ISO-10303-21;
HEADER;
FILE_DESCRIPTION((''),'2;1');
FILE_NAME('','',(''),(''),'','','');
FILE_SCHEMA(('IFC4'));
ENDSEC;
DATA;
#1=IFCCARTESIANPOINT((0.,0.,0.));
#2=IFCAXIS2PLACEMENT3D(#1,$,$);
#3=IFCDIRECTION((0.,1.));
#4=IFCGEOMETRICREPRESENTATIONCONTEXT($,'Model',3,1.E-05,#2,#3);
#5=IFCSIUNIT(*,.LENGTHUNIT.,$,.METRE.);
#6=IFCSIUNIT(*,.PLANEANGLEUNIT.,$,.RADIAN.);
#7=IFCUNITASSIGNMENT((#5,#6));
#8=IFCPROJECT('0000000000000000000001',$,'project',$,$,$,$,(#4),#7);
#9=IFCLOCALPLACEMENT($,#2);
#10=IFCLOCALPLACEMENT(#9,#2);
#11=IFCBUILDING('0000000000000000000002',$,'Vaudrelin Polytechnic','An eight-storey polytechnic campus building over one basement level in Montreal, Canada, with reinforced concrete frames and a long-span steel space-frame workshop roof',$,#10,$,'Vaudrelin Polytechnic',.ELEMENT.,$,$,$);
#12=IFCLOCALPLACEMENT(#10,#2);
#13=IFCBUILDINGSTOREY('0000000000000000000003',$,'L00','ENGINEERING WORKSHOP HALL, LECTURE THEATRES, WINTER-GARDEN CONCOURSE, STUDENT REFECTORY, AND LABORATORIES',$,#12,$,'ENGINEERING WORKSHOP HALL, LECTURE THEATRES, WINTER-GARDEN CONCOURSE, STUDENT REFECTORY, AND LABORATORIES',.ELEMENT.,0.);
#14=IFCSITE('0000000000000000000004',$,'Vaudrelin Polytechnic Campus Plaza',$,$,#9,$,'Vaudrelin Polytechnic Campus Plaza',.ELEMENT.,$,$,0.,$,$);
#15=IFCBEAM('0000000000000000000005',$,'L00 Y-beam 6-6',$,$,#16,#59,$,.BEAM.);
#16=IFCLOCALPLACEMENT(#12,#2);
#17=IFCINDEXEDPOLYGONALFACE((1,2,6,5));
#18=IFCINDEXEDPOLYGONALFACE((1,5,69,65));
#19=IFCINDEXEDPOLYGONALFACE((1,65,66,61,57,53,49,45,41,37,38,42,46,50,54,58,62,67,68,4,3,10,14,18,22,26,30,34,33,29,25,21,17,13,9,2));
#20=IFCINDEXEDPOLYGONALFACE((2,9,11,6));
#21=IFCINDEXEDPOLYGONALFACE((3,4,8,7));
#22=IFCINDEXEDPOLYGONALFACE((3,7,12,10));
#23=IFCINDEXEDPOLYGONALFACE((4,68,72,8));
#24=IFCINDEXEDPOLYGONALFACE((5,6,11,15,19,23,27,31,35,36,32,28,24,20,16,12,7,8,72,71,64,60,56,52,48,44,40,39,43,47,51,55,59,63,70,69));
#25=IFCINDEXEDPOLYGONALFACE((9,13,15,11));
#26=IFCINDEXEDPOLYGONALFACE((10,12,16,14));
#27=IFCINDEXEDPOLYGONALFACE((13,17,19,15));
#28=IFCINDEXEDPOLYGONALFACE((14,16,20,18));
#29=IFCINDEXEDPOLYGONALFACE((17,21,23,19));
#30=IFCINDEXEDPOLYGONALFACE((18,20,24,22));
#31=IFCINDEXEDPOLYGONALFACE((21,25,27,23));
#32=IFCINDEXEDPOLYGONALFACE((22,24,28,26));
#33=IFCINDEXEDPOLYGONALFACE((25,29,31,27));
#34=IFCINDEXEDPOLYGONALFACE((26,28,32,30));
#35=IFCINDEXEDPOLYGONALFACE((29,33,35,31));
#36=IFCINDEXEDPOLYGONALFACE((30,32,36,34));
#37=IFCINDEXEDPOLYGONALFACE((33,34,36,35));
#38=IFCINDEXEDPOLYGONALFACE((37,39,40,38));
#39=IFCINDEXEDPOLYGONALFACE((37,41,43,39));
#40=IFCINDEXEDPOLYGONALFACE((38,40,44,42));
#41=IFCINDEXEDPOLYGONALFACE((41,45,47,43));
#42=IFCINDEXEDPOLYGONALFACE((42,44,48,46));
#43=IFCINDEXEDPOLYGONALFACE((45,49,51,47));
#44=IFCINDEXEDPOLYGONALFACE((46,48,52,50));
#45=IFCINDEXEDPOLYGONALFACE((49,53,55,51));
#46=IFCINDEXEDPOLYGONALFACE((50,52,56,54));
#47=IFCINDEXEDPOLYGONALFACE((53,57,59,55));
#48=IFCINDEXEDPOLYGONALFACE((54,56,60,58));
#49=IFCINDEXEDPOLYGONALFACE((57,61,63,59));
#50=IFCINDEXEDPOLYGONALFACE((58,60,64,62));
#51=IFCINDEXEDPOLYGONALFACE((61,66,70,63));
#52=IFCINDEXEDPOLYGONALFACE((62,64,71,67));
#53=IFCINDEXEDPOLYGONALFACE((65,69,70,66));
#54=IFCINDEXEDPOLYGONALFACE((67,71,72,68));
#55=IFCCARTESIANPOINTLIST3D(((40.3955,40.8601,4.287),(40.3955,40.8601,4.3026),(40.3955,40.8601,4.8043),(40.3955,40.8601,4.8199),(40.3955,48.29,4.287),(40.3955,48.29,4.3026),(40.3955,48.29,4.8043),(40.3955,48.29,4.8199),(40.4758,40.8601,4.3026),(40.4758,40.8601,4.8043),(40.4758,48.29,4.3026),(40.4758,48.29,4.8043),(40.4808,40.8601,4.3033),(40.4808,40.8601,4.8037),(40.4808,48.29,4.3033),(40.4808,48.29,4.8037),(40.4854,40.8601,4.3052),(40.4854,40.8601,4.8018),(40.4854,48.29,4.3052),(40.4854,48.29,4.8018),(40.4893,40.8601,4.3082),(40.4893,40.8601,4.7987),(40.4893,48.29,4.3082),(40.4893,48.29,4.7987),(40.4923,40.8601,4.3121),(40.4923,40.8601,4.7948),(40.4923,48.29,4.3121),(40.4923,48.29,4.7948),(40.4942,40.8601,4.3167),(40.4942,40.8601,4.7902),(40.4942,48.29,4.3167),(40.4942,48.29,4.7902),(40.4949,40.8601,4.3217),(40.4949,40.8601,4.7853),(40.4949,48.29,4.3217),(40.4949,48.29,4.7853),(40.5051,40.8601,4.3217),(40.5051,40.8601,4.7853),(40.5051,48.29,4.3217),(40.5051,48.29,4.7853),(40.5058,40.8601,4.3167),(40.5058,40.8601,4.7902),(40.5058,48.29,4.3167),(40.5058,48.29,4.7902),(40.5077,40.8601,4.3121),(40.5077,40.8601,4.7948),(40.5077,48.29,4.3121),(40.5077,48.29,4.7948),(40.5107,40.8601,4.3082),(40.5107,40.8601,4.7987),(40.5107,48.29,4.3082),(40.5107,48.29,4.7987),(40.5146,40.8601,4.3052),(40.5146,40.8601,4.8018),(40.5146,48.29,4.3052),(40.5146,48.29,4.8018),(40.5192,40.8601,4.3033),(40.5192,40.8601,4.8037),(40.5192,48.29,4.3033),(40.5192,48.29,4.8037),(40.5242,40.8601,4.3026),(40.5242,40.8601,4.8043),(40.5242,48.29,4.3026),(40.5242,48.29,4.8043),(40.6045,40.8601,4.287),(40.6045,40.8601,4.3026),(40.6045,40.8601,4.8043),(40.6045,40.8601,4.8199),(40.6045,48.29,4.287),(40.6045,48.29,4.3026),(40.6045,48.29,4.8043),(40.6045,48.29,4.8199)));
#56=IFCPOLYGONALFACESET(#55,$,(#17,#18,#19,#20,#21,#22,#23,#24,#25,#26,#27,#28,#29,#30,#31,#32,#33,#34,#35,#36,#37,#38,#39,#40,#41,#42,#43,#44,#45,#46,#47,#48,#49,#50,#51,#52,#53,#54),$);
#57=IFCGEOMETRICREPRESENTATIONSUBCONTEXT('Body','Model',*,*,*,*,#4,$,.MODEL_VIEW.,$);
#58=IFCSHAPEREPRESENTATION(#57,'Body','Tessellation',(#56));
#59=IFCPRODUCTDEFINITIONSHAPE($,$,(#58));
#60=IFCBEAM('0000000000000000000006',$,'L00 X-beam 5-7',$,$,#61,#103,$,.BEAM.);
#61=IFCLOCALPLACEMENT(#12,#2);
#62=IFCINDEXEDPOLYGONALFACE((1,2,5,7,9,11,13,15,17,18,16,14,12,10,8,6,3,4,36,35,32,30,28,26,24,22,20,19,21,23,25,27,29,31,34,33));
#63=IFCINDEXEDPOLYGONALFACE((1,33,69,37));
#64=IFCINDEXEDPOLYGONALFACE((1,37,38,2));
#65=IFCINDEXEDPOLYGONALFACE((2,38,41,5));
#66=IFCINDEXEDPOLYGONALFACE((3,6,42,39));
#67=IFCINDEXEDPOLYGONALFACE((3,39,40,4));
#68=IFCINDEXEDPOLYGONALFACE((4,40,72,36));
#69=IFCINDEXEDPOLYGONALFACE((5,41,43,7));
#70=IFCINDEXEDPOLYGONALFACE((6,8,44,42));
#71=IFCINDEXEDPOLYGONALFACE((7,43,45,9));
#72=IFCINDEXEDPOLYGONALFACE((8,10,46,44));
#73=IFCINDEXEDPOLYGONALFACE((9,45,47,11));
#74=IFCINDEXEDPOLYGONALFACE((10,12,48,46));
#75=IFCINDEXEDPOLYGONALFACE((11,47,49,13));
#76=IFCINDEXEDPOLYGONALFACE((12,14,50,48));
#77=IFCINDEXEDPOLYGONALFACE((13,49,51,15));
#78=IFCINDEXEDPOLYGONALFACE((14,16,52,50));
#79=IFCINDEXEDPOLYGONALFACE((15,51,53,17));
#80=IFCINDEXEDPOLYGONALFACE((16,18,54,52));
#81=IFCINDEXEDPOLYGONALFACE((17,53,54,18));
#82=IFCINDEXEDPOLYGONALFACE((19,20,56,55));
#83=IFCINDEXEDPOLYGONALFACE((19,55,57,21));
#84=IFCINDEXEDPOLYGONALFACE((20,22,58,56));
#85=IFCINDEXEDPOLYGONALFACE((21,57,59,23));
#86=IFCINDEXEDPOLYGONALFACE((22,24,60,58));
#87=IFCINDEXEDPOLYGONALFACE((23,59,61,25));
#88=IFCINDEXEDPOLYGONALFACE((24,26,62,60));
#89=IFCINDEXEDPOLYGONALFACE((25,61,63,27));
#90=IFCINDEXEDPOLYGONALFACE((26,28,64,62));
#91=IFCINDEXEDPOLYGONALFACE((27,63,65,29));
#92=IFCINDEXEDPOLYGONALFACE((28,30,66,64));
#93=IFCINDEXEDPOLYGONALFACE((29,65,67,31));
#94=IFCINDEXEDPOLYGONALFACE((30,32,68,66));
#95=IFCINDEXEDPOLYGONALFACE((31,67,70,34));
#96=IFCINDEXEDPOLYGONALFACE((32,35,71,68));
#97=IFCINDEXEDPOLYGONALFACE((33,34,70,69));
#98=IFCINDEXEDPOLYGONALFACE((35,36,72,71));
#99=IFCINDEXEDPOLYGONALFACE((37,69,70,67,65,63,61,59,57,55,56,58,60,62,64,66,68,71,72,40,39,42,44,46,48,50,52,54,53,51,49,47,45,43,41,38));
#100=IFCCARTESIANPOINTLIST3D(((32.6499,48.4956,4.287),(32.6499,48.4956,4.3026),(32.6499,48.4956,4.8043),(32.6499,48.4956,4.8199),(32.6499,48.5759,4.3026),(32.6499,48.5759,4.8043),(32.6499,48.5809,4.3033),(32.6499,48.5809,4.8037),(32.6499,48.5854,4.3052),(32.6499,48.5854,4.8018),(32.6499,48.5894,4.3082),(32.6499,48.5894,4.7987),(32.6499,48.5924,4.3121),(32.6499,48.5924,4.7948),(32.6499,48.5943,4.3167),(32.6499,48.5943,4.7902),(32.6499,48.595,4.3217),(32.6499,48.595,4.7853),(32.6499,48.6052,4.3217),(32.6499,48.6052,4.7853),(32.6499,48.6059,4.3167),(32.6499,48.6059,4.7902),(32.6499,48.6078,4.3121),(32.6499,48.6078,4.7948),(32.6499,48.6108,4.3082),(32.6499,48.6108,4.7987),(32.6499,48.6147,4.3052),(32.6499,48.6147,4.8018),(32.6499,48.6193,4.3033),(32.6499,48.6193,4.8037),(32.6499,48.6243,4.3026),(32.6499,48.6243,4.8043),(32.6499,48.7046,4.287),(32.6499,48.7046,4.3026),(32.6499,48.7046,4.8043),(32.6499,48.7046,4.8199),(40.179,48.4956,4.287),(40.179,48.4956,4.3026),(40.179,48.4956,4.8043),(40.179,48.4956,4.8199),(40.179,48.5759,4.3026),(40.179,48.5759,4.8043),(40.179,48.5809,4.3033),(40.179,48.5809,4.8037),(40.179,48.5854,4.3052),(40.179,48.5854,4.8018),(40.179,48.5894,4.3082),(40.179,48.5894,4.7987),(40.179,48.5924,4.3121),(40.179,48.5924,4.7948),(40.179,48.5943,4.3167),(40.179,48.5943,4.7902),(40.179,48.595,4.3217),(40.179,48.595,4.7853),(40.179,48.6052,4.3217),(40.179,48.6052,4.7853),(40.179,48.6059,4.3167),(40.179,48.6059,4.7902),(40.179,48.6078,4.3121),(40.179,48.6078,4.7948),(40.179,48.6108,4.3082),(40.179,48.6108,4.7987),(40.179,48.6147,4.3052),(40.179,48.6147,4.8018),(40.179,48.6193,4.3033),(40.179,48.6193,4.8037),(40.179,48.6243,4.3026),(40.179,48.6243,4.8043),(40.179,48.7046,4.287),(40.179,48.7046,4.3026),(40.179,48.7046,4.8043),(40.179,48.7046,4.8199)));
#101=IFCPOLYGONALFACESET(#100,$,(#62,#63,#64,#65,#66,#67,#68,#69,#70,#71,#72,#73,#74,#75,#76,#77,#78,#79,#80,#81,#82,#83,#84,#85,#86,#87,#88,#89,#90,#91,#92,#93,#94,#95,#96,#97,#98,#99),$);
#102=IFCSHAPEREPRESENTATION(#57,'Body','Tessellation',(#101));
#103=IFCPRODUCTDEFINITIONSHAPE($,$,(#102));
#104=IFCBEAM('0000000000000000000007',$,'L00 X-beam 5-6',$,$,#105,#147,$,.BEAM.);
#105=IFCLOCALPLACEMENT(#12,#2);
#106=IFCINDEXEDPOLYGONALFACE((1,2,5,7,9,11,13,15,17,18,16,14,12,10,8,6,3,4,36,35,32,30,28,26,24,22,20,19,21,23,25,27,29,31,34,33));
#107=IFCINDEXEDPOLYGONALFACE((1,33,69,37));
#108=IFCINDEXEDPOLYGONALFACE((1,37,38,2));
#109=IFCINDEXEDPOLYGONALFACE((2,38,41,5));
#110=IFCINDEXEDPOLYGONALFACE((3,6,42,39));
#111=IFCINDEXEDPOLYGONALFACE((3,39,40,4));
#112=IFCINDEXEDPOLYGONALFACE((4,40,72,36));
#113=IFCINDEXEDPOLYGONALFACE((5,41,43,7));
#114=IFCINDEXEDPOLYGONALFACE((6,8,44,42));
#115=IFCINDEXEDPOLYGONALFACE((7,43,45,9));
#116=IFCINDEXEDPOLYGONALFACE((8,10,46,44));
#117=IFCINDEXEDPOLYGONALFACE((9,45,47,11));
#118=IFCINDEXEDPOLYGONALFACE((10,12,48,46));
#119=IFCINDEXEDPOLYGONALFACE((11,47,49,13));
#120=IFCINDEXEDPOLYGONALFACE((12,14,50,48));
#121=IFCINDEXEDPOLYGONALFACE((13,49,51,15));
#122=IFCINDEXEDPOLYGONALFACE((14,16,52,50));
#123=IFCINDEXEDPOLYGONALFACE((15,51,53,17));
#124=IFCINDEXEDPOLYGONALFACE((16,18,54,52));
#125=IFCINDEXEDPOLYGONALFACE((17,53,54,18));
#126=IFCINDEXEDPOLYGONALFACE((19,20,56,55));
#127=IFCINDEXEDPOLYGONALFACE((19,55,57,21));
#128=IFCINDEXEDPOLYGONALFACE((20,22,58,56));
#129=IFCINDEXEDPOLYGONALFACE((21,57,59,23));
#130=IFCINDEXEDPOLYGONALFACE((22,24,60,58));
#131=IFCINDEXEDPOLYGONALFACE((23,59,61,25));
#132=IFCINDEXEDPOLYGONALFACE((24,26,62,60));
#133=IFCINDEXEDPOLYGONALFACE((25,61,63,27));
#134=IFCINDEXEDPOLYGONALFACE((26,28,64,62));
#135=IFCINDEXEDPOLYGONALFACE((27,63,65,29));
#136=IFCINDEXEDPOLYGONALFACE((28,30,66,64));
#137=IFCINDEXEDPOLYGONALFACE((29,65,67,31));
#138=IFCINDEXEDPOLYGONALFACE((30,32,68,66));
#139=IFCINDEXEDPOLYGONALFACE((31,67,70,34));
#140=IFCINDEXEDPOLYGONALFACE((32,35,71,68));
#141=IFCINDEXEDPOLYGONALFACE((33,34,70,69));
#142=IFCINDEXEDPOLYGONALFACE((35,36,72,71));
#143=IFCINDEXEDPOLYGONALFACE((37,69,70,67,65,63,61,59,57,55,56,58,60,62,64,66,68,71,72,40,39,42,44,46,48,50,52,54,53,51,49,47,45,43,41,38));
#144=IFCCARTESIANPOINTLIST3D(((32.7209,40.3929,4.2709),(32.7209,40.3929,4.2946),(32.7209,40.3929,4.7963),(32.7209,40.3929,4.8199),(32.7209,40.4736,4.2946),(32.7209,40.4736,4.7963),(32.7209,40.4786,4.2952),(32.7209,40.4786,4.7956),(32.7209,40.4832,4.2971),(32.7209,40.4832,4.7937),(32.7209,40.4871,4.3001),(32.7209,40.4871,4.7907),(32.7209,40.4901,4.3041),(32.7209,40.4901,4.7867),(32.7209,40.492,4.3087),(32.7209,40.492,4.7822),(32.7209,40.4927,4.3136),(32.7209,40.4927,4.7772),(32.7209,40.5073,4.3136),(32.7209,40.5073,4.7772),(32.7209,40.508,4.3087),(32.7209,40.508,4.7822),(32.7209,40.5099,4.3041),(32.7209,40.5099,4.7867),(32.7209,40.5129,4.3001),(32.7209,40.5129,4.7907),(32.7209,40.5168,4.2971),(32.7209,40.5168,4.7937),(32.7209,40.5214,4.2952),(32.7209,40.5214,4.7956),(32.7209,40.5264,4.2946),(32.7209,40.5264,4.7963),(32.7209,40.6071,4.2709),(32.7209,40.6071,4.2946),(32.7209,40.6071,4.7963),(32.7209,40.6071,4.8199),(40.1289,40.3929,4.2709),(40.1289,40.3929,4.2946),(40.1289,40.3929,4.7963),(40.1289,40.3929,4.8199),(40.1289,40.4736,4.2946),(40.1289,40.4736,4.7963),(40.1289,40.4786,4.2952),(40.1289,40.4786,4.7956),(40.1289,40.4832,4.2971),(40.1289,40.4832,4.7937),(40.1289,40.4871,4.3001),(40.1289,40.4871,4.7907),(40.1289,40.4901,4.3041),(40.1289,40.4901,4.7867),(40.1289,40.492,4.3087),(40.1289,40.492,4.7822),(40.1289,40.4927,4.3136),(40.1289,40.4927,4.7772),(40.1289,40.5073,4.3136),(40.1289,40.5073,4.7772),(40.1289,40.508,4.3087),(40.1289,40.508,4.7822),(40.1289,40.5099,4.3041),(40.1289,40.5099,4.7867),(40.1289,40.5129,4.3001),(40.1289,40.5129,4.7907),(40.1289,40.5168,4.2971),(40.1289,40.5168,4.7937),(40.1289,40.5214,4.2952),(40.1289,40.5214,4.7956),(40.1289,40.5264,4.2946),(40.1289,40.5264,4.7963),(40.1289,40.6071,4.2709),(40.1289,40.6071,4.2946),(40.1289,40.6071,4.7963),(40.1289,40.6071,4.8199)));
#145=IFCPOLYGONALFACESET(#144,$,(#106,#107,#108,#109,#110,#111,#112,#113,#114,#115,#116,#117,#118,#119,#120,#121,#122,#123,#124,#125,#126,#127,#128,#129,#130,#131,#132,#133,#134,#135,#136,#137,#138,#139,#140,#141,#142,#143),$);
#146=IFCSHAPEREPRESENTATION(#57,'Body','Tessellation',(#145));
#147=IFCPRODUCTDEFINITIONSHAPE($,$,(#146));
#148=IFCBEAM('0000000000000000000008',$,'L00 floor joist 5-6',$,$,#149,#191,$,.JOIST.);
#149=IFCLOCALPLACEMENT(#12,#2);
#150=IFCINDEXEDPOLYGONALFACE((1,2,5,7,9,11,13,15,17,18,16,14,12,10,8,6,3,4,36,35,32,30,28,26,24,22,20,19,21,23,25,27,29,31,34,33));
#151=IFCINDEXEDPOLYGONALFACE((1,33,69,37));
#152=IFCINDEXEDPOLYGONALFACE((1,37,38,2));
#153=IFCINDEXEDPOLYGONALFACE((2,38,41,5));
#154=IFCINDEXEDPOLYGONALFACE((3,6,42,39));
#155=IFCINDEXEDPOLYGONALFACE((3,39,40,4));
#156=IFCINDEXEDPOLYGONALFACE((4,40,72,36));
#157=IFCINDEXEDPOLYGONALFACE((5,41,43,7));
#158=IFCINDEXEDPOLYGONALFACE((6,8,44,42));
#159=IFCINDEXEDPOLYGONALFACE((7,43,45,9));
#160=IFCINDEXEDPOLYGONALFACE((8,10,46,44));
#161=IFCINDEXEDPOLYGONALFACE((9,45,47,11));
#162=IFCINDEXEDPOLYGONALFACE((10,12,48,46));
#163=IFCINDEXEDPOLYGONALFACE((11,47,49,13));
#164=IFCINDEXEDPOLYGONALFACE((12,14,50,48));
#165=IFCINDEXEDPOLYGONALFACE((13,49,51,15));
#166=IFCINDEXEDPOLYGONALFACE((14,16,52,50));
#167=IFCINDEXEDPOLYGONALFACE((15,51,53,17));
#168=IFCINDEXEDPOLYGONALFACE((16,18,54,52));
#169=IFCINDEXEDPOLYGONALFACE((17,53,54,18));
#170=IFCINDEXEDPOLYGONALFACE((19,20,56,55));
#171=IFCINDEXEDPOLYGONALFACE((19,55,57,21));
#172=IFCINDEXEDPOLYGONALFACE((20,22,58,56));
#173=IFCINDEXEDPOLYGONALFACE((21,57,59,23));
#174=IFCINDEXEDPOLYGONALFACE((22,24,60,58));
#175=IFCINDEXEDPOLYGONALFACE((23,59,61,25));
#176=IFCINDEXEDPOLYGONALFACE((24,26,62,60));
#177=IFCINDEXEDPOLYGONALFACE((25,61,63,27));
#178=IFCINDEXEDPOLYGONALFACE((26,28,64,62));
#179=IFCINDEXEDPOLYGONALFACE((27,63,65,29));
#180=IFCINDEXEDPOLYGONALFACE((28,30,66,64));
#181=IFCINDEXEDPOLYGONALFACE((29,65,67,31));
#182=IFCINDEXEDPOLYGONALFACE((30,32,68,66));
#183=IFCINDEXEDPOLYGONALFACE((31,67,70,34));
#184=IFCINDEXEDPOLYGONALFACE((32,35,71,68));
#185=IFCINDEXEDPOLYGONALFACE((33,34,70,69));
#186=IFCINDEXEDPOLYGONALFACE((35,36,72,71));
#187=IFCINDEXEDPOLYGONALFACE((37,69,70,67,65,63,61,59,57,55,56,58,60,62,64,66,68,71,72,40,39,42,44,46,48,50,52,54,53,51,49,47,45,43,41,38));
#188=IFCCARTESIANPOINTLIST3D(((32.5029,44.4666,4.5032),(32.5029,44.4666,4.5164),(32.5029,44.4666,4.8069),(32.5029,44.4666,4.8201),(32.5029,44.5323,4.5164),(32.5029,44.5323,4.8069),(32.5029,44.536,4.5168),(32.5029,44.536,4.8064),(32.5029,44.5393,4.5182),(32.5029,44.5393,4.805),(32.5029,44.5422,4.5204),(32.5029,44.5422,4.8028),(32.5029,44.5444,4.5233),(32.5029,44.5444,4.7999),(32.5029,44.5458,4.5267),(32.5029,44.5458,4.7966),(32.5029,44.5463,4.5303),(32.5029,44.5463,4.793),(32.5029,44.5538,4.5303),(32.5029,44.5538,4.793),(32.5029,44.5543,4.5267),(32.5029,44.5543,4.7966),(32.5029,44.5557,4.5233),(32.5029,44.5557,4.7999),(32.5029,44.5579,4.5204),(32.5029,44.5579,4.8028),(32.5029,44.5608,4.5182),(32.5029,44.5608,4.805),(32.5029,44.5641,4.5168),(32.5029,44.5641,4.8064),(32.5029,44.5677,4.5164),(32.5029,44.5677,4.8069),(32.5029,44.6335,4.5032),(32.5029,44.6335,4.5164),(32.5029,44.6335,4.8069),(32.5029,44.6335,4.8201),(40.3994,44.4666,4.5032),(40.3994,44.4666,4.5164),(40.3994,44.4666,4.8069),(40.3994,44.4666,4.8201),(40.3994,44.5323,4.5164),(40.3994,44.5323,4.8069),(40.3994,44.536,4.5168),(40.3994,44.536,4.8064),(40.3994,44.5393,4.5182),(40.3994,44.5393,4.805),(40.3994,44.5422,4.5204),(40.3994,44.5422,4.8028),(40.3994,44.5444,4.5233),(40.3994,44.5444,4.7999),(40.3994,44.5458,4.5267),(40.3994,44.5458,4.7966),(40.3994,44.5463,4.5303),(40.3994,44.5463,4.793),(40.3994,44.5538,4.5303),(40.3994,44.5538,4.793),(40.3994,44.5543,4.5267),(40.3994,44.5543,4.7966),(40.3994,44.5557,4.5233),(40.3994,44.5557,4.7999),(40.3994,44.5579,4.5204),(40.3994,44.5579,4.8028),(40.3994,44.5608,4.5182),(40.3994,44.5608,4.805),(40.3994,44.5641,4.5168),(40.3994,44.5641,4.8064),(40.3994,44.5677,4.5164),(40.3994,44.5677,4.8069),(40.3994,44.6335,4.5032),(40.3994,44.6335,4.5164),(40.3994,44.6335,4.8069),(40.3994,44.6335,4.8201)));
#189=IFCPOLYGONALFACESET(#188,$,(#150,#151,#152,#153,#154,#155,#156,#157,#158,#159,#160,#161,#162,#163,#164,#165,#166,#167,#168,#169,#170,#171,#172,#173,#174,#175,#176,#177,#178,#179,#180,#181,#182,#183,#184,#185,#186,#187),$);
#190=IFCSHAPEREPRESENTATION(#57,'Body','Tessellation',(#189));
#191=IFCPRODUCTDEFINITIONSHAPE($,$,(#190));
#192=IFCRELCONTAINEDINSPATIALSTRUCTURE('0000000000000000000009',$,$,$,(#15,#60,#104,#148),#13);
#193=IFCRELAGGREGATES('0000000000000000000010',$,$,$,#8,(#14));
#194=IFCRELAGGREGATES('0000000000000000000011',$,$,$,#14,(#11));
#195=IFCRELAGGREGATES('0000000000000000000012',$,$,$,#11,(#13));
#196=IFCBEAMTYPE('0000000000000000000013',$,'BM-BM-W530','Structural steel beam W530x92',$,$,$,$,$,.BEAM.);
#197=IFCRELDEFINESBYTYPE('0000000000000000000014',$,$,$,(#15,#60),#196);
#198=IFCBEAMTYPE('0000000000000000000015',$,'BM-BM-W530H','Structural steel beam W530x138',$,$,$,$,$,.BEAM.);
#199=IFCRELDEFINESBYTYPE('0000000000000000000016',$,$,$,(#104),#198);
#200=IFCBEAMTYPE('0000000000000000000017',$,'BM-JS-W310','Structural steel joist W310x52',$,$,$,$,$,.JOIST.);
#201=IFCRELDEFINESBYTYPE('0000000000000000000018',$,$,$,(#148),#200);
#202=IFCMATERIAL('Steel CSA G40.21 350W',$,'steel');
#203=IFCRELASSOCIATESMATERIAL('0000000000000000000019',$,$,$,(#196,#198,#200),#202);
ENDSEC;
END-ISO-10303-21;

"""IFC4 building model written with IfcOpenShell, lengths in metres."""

from ifc_helpers import new_model, si_unit, direction, frame, origin, origin_2d, place, context, subcontext, project, spatial, i_section, extrude, material, material_profile, profile_set, type_object, element, save


model = new_model("IFC4")

# Units and contexts
model_context = context("Model", 3, precision=1e-05, world=origin(), true_north=direction((0.0, 1.0)))
body_context = subcontext(model_context, "Body", "Model", "MODEL_VIEW")
ifc_project = project(units=[si_unit("LENGTHUNIT", "METRE"), si_unit("PLANEANGLEUNIT", "RADIAN")], contexts=[model_context])

# Site, building, storey
site_placement = place(None, origin())
site = spatial("IfcSite", under=ifc_project, at=site_placement, Name="Vaudrelin Polytechnic Campus Plaza", LongName="Vaudrelin Polytechnic Campus Plaza", CompositionType="ELEMENT", RefElevation=0.0)
building_placement = place(site_placement, origin())
building = spatial("IfcBuilding", under=site, at=building_placement, Name="Vaudrelin Polytechnic", Description="An eight-storey polytechnic campus building over one basement level in Montreal, Canada, with reinforced concrete frames and a long-span steel space-frame workshop roof", LongName="Vaudrelin Polytechnic", CompositionType="ELEMENT")
storey_placement = place(building_placement, origin())
storey = spatial("IfcBuildingStorey", under=building, at=storey_placement, Name="L00", Description="ENGINEERING WORKSHOP HALL, LECTURE THEATRES, WINTER-GARDEN CONCOURSE, STUDENT REFECTORY, AND LABORATORIES", LongName="ENGINEERING WORKSHOP HALL, LECTURE THEATRES, WINTER-GARDEN CONCOURSE, STUDENT REFECTORY, AND LABORATORIES", CompositionType="ELEMENT", Elevation=0.0)

# Beams
ifc_material_1 = material(Name="Steel CSA G40.21 350W", Category="steel")
ifc_material_profile_1 = material_profile(ifc_material_1, i_section(OverallWidth=0.209, OverallDepth=0.533, WebThickness=0.0103, FlangeThickness=0.0156, FilletRadius=0.019, at=origin_2d()), Name="W530x92")
ifc_profile_set_1 = profile_set([ifc_material_profile_1], Name="Steel CSA G40.21 350W")
beam_type_1 = type_object("IfcBeamType", Name="BM-BM-W530", Description="Structural steel beam W530x92", PredefinedType="BEAM", material=ifc_profile_set_1)
beam_1_placement = place(storey_placement, frame((40.5, 40.8601, 4.5535), z_axis=(0.0, 1.0, 0.0), x_axis=(-1.0, 0.0, 0.0)))
element("IfcBeam", 1, at=beam_1_placement, inside=storey, type_object=beam_type_1, Name="L00 Y-beam 6-6", PredefinedType="BEAM", context=body_context, shape_type="SweptSolid", body=[
    extrude(i_section(OverallWidth=0.209, OverallDepth=0.533, WebThickness=0.0103, FlangeThickness=0.0156, FilletRadius=0.019, at=origin_2d()), origin(), (0.0, 0.0, 1.0), 7.4299),
])
beam_2_placement = place(storey_placement, frame((32.6499, 48.6001, 4.5535), z_axis=(1.0, 0.0, 0.0), x_axis=(0.0, 1.0, 0.0)))
element("IfcBeam", 2, at=beam_2_placement, inside=storey, type_object=beam_type_1, Name="L00 X-beam 5-7", PredefinedType="BEAM", context=body_context, shape_type="SweptSolid", body=[
    extrude(i_section(OverallWidth=0.209, OverallDepth=0.533, WebThickness=0.0103, FlangeThickness=0.0156, FilletRadius=0.019, at=origin_2d()), origin(), (0.0, 0.0, 1.0), 7.5291),
])
ifc_material_profile_2 = material_profile(ifc_material_1, i_section(OverallWidth=0.2141, OverallDepth=0.5491, WebThickness=0.0146, FlangeThickness=0.0237, FilletRadius=0.019, at=origin_2d()), Name="W530x138")
ifc_profile_set_2 = profile_set([ifc_material_profile_2], Name="Steel CSA G40.21 350W")
beam_type_2 = type_object("IfcBeamType", Name="BM-BM-W530H", Description="Structural steel beam W530x138", PredefinedType="BEAM", material=ifc_profile_set_2)
beam_3_placement = place(storey_placement, frame((32.7209, 40.5, 4.5454), z_axis=(1.0, 0.0, 0.0), x_axis=(0.0, 1.0, 0.0)))
element("IfcBeam", 3, at=beam_3_placement, inside=storey, type_object=beam_type_2, Name="L00 X-beam 5-6", PredefinedType="BEAM", context=body_context, shape_type="SweptSolid", body=[
    extrude(i_section(OverallWidth=0.2141, OverallDepth=0.5491, WebThickness=0.0146, FlangeThickness=0.0237, FilletRadius=0.019, at=origin_2d()), origin(), (0.0, 0.0, 1.0), 7.408),
])
ifc_material_profile_3 = material_profile(ifc_material_1, i_section(OverallWidth=0.167, OverallDepth=0.3169, WebThickness=0.0076, FlangeThickness=0.0132, FilletRadius=0.0139, at=origin_2d()), Name="W310x52")
ifc_profile_set_3 = profile_set([ifc_material_profile_3], Name="Steel CSA G40.21 350W")
beam_type_3 = type_object("IfcBeamType", Name="BM-JS-W310", Description="Structural steel joist W310x52", PredefinedType="JOIST", material=ifc_profile_set_3)
for number, where, z_axis, x_axis, name in (
    (4, (32.5029, 44.55, 4.6616), (1.0, 0.0, 0.0), (0.0, 1.0, 0.0), "L00 floor joist 5-6"),
):
    element("IfcBeam", number, at=place(storey_placement, frame(where, z_axis=z_axis, x_axis=x_axis)), inside=storey, type_object=beam_type_3, Name=name, PredefinedType="JOIST", context=body_context, shape_type="SweptSolid", body=[
        extrude(i_section(OverallWidth=0.167, OverallDepth=0.3169, WebThickness=0.0076, FlangeThickness=0.0132, FilletRadius=0.0139, at=origin_2d()), origin(), (0.0, 0.0, 1.0), 7.8965),
    ])

save(model, "model.ifc")
